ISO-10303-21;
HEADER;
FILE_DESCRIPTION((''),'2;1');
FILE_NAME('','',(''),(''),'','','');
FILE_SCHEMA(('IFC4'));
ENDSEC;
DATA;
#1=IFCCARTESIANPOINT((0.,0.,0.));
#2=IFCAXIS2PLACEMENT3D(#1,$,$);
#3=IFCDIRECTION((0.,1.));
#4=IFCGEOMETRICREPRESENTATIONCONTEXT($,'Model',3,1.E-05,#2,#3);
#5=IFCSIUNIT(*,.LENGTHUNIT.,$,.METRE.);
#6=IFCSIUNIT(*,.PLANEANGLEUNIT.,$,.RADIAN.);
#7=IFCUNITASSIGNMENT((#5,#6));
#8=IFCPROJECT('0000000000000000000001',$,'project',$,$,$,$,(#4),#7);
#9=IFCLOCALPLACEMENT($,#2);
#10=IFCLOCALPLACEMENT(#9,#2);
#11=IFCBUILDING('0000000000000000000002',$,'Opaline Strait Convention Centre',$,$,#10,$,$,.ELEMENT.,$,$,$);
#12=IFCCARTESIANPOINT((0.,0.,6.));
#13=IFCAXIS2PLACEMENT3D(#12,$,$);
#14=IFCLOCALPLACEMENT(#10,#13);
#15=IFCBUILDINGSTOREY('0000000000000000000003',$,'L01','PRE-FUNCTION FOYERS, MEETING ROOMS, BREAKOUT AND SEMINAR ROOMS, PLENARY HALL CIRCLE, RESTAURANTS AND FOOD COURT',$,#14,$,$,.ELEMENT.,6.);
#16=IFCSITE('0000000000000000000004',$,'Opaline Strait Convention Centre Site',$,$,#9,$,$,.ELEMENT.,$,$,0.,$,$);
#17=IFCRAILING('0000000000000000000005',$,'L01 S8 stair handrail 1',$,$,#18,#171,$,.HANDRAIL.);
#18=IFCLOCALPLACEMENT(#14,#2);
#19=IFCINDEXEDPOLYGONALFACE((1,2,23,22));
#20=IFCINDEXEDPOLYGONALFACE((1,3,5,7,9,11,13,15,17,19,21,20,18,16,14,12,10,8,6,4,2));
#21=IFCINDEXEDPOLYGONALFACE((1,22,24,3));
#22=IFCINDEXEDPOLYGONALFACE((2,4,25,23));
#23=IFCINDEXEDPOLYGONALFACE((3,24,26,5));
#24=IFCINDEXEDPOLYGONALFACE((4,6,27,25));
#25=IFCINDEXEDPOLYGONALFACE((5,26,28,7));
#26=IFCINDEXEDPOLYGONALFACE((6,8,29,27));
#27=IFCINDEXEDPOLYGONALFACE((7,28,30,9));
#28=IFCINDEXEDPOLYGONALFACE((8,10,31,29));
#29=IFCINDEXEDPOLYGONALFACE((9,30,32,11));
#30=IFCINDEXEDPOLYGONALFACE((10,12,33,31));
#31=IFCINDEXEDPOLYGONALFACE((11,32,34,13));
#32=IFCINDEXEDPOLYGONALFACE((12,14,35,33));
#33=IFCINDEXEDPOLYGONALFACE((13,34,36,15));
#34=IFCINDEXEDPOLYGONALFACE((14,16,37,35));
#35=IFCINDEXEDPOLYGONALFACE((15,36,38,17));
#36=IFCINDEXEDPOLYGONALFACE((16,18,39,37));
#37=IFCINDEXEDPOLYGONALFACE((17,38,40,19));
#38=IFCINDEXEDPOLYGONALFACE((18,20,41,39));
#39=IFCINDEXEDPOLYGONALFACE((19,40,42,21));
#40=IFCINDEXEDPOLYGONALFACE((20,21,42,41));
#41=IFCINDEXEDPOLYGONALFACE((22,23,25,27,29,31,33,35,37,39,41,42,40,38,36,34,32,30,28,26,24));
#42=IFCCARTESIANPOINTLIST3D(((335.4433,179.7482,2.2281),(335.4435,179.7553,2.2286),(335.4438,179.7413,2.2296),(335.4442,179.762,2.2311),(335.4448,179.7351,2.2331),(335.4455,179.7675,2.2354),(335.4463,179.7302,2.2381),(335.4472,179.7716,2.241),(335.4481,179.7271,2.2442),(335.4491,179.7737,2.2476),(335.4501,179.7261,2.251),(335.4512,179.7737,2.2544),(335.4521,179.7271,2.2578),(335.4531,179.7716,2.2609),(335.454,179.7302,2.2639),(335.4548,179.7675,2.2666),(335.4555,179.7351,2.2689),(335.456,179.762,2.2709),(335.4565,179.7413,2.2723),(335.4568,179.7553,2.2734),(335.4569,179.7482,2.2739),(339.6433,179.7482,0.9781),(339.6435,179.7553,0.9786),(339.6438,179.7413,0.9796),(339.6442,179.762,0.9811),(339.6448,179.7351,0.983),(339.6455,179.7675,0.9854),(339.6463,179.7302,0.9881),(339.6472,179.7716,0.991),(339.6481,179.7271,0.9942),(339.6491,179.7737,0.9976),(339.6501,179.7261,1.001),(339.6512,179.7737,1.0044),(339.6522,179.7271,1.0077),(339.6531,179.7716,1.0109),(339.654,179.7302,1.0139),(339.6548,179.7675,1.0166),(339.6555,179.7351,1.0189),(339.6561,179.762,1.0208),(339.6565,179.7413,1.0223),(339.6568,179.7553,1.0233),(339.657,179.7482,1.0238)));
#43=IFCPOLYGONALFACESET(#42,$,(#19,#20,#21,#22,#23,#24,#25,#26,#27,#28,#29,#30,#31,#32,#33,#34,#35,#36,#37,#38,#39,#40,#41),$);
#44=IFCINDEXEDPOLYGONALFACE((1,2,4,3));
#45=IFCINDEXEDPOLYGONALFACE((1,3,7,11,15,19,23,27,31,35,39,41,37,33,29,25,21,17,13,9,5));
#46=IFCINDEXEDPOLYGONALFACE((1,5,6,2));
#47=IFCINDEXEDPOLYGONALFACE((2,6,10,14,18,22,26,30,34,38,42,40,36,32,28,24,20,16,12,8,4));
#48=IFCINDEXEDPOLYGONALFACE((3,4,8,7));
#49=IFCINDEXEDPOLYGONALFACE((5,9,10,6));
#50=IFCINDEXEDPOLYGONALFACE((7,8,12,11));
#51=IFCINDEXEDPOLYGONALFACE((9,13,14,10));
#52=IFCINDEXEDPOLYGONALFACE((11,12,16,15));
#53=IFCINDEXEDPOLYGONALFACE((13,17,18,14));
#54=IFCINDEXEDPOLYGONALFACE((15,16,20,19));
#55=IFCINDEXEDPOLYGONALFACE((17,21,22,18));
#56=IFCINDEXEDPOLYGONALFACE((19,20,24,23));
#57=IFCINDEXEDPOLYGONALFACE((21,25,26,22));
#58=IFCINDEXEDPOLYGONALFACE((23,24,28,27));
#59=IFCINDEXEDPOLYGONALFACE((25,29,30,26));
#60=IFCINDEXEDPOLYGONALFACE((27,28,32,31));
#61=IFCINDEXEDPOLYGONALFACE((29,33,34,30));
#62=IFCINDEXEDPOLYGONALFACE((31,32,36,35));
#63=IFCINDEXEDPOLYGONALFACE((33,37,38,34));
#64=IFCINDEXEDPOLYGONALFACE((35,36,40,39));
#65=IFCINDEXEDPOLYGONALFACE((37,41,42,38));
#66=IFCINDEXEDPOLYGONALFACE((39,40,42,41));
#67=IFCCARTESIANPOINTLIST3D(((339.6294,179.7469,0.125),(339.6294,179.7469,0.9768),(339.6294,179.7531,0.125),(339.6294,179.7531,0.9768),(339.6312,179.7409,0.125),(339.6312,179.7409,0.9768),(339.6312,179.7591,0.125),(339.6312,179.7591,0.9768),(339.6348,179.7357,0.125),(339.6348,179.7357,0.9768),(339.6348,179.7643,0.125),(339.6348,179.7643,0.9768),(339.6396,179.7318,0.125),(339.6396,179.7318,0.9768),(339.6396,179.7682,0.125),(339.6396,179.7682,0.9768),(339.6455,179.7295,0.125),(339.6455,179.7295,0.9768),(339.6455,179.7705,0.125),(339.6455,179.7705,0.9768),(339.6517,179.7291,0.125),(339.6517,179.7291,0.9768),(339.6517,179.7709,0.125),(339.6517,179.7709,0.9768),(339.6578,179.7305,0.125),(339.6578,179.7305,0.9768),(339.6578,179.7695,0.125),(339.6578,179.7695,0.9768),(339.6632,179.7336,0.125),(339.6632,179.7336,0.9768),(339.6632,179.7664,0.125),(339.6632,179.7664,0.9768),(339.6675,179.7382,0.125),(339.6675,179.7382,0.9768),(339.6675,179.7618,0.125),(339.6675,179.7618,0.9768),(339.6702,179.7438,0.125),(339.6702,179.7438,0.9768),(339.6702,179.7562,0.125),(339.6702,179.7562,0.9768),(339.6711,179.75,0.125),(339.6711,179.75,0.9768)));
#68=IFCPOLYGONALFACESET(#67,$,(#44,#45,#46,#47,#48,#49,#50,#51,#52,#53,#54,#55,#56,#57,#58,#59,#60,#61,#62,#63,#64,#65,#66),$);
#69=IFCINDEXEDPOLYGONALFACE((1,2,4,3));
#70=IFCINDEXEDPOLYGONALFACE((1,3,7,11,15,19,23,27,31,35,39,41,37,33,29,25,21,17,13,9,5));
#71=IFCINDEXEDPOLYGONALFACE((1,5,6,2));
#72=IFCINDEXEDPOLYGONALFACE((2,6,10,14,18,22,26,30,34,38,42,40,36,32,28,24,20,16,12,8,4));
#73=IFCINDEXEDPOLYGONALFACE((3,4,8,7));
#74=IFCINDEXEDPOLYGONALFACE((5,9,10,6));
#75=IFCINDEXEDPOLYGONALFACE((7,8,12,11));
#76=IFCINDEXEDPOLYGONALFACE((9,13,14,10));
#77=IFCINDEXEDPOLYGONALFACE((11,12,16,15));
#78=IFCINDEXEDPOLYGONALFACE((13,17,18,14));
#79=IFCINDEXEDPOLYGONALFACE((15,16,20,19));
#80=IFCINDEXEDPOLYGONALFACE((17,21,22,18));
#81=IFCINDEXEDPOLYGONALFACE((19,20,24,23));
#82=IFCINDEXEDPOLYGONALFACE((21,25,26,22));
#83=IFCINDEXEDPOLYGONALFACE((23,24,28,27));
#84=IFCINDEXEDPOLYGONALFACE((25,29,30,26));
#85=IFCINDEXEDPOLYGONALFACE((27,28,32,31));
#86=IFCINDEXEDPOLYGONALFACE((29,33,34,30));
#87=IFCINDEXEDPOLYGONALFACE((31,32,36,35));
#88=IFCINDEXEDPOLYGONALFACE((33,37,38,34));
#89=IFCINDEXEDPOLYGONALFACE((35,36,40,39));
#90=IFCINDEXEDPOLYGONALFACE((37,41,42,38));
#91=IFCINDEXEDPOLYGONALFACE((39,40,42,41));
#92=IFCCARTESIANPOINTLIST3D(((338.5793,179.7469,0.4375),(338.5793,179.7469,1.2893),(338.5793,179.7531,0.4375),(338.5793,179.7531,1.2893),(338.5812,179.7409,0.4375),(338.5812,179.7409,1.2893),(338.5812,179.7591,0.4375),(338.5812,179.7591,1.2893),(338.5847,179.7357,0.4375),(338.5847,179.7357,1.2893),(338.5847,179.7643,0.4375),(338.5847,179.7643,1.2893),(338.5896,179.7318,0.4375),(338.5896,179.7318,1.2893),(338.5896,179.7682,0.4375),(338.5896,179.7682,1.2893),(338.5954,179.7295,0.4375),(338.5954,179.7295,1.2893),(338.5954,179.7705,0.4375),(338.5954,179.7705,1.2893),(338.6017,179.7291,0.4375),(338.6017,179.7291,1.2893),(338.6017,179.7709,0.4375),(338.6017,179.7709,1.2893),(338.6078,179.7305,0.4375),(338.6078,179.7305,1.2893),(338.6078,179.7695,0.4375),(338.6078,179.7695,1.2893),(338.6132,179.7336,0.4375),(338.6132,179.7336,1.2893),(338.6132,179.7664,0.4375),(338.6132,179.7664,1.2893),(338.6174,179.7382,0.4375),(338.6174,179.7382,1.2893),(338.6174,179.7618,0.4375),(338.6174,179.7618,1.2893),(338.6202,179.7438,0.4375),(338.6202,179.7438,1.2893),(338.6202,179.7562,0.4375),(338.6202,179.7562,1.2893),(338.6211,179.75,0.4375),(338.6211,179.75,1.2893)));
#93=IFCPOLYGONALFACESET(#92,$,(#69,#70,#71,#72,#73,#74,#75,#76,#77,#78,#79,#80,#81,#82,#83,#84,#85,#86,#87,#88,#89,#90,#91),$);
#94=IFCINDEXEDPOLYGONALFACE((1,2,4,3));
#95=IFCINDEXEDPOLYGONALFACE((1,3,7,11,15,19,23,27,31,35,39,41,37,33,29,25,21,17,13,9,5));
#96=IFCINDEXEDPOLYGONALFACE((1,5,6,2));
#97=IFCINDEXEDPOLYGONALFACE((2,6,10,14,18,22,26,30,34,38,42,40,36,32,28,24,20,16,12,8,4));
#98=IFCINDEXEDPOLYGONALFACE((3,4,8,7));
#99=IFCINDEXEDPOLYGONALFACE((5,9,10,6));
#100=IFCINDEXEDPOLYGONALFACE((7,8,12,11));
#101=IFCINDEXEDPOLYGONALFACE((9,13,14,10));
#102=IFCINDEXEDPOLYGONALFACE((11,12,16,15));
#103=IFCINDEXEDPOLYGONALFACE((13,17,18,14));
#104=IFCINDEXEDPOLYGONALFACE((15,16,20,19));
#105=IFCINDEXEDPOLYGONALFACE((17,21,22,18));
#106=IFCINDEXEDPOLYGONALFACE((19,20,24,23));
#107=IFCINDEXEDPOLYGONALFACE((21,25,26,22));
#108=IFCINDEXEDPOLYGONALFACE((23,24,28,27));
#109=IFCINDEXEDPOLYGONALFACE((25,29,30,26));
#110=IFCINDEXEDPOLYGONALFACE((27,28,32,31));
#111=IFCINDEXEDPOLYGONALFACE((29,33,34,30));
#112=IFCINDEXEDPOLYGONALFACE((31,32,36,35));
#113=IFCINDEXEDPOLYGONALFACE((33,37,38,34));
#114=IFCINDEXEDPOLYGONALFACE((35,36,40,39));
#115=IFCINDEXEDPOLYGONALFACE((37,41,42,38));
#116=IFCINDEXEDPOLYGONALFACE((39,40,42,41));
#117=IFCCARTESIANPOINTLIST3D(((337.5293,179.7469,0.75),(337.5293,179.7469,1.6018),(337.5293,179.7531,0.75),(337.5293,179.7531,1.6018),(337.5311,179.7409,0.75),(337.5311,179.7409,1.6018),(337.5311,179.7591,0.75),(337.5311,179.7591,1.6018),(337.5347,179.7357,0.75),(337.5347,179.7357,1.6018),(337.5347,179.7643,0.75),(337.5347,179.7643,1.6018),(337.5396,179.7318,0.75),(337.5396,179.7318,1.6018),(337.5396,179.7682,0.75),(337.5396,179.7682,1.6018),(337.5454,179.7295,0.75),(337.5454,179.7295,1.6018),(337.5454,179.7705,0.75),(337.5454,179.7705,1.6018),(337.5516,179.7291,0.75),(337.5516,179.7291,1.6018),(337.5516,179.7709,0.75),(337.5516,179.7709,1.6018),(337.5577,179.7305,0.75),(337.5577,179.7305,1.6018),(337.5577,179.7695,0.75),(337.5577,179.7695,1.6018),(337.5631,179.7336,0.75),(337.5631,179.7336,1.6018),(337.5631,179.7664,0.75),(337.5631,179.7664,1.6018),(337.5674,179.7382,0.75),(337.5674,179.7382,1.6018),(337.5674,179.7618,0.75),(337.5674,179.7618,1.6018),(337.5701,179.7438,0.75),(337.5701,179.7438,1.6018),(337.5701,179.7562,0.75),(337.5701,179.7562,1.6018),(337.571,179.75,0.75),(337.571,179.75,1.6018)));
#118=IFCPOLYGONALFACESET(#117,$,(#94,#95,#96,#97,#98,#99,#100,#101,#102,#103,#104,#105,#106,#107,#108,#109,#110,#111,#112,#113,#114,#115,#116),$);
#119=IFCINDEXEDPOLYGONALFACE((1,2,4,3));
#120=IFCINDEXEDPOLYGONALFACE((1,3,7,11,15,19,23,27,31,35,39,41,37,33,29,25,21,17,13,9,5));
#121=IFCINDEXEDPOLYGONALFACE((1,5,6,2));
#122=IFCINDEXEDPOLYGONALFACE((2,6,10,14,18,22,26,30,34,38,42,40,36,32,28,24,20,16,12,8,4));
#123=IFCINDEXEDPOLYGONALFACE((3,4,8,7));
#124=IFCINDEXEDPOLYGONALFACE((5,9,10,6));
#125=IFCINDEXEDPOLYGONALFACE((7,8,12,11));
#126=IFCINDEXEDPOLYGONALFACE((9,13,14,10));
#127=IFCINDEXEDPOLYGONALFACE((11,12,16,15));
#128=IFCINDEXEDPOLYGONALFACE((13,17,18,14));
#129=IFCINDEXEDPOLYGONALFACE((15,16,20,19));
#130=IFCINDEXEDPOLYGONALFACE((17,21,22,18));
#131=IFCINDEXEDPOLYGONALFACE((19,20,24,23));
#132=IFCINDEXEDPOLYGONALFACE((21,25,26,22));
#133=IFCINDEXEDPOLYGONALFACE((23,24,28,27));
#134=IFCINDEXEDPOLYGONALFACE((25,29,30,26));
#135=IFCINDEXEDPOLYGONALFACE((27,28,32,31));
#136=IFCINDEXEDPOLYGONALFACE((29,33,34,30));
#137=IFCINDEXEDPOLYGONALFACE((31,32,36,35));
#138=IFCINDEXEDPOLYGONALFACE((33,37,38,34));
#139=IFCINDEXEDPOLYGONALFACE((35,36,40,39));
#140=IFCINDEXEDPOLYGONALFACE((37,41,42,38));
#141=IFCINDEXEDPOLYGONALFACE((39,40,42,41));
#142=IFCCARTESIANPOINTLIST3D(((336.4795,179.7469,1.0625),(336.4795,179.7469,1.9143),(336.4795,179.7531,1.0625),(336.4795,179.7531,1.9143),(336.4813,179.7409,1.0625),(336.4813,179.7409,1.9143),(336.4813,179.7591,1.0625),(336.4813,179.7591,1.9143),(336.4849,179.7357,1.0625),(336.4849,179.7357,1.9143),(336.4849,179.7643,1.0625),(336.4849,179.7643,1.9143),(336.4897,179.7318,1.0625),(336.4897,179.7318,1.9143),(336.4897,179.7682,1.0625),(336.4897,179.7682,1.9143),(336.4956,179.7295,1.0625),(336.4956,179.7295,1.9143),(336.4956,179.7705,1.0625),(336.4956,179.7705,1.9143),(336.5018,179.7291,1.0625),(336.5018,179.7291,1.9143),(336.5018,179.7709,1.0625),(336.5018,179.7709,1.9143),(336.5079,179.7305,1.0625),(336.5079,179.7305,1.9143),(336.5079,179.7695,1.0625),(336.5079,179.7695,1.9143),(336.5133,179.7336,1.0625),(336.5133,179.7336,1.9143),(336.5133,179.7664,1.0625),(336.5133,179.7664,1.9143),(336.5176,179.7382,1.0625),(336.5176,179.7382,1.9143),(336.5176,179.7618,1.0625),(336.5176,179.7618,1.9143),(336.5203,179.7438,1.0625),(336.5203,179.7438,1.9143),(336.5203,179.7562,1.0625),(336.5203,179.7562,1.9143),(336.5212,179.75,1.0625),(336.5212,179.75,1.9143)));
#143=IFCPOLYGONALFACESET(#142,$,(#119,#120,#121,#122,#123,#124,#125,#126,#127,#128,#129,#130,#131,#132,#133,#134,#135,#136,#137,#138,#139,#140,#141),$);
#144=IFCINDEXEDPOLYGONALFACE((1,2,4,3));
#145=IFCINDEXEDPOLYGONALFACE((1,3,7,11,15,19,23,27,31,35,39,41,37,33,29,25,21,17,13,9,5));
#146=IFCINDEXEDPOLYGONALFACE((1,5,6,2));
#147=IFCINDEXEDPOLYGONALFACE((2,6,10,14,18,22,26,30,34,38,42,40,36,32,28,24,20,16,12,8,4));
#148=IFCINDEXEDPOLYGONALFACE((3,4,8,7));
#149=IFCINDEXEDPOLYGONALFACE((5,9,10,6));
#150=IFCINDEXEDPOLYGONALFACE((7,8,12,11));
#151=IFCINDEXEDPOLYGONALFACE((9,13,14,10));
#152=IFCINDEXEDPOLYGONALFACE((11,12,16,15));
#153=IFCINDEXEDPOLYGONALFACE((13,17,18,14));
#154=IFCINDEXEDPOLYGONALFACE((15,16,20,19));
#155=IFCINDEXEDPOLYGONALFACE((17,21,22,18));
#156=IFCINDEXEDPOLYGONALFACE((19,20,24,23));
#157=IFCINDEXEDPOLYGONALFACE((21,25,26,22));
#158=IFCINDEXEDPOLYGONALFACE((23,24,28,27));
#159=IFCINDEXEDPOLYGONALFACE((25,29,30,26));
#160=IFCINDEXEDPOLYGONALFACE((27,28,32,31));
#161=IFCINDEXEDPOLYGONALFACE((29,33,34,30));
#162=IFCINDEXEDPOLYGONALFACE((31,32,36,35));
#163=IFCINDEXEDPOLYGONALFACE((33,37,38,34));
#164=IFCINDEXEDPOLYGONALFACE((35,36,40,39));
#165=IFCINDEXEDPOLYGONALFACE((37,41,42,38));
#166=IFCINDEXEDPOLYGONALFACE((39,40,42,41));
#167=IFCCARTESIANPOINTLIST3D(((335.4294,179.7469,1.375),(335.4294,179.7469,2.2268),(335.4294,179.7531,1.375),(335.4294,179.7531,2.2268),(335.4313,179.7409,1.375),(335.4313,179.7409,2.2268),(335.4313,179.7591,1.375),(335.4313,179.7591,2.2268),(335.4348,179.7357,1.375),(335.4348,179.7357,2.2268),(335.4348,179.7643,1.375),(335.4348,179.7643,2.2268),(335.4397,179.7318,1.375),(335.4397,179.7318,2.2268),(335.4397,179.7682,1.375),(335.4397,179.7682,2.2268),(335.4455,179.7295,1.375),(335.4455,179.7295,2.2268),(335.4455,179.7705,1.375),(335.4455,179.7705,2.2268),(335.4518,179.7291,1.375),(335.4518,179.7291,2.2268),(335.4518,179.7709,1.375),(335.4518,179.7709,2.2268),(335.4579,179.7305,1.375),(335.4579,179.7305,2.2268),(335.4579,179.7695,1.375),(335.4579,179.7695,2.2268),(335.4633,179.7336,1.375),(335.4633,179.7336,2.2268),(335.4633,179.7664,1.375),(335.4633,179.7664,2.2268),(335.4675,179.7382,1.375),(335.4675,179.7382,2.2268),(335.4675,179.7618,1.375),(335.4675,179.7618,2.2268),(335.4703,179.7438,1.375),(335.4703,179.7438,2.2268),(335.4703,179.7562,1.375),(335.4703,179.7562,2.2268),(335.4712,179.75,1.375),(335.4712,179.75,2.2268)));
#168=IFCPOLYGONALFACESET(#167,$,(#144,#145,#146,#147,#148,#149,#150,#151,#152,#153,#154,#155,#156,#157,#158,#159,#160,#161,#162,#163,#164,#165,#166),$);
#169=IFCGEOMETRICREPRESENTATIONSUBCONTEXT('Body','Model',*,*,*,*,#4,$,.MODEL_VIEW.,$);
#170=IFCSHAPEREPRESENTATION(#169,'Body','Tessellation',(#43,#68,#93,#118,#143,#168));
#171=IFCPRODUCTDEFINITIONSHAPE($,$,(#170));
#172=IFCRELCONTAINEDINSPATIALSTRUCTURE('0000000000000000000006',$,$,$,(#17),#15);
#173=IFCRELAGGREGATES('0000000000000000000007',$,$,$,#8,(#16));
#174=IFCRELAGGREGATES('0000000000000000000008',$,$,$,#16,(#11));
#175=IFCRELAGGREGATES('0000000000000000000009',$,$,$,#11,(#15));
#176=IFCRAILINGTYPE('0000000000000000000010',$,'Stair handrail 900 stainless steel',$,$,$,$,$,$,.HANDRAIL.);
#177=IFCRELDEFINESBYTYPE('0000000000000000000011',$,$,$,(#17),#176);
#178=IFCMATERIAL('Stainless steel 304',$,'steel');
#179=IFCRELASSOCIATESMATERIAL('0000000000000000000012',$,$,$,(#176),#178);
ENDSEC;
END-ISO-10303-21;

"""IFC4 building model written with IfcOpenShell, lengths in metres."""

from ifc_helpers import new_model, si_unit, direction, frame, origin, origin_2d, place, context, subcontext, project, spatial, circle, extrude, material, type_object, element, save


model = new_model("IFC4")

# Units and contexts
model_context = context("Model", 3, precision=1e-05, world=origin(), true_north=direction((0.0, 1.0)))
body_context = subcontext(model_context, "Body", "Model", "MODEL_VIEW")
ifc_project = project(units=[si_unit("LENGTHUNIT", "METRE"), si_unit("PLANEANGLEUNIT", "RADIAN")], contexts=[model_context])

# Site, building, storey
site_placement = place(None, origin())
site = spatial("IfcSite", under=ifc_project, at=site_placement, Name="Opaline Strait Convention Centre Site", CompositionType="ELEMENT", RefElevation=0.0)
building_placement = place(site_placement, origin())
building = spatial("IfcBuilding", under=site, at=building_placement, Name="Opaline Strait Convention Centre", CompositionType="ELEMENT")
storey_placement = place(building_placement, frame((0.0, 0.0, 6.0)))
storey = spatial("IfcBuildingStorey", under=building, at=storey_placement, Name="L01", Description="PRE-FUNCTION FOYERS, MEETING ROOMS, BREAKOUT AND SEMINAR ROOMS, PLENARY HALL CIRCLE, RESTAURANTS AND FOOD COURT", CompositionType="ELEMENT", Elevation=6.0)

# Railing
ifc_material_1 = material(Name="Stainless steel 304", Category="steel")
railing_type_1 = type_object("IfcRailingType", Name="Stair handrail 900 stainless steel", PredefinedType="HANDRAIL", material=ifc_material_1)
railing_1_placement = place(storey_placement, frame((339.6501, 179.75, 0.125)))
element("IfcRailing", 1, at=railing_1_placement, inside=storey, type_object=railing_type_1, Name="L01 S8 stair handrail 1", PredefinedType="HANDRAIL", context=body_context, shape_type="SweptSolid", body=[
    extrude(circle(Radius=0.0239, at=origin_2d()), frame((0.0, 0.0, 0.876), z_axis=(-0.958451, 0.0, 0.285257), x_axis=(0.0, -1.0, 0.0)), (0.0, 0.0, 1.0), 4.3821),
    extrude(circle(Radius=0.021, at=origin_2d()), origin(), (0.0, 0.0, 1.0), 0.8518),
    extrude(circle(Radius=0.021, at=origin_2d()), frame((-1.05, 0.0, 0.3125)), (0.0, 0.0, 1.0), 0.8518),
    extrude(circle(Radius=0.021, at=origin_2d()), frame((-2.1001, 0.0, 0.625)), (0.0, 0.0, 1.0), 0.8518),
    extrude(circle(Radius=0.021, at=origin_2d()), frame((-3.1499, 0.0, 0.9375)), (0.0, 0.0, 1.0), 0.8518),
    extrude(circle(Radius=0.021, at=origin_2d()), frame((-4.2, 0.0, 1.25)), (0.0, 0.0, 1.0), 0.8518),
])

save(model, "model.ifc")
